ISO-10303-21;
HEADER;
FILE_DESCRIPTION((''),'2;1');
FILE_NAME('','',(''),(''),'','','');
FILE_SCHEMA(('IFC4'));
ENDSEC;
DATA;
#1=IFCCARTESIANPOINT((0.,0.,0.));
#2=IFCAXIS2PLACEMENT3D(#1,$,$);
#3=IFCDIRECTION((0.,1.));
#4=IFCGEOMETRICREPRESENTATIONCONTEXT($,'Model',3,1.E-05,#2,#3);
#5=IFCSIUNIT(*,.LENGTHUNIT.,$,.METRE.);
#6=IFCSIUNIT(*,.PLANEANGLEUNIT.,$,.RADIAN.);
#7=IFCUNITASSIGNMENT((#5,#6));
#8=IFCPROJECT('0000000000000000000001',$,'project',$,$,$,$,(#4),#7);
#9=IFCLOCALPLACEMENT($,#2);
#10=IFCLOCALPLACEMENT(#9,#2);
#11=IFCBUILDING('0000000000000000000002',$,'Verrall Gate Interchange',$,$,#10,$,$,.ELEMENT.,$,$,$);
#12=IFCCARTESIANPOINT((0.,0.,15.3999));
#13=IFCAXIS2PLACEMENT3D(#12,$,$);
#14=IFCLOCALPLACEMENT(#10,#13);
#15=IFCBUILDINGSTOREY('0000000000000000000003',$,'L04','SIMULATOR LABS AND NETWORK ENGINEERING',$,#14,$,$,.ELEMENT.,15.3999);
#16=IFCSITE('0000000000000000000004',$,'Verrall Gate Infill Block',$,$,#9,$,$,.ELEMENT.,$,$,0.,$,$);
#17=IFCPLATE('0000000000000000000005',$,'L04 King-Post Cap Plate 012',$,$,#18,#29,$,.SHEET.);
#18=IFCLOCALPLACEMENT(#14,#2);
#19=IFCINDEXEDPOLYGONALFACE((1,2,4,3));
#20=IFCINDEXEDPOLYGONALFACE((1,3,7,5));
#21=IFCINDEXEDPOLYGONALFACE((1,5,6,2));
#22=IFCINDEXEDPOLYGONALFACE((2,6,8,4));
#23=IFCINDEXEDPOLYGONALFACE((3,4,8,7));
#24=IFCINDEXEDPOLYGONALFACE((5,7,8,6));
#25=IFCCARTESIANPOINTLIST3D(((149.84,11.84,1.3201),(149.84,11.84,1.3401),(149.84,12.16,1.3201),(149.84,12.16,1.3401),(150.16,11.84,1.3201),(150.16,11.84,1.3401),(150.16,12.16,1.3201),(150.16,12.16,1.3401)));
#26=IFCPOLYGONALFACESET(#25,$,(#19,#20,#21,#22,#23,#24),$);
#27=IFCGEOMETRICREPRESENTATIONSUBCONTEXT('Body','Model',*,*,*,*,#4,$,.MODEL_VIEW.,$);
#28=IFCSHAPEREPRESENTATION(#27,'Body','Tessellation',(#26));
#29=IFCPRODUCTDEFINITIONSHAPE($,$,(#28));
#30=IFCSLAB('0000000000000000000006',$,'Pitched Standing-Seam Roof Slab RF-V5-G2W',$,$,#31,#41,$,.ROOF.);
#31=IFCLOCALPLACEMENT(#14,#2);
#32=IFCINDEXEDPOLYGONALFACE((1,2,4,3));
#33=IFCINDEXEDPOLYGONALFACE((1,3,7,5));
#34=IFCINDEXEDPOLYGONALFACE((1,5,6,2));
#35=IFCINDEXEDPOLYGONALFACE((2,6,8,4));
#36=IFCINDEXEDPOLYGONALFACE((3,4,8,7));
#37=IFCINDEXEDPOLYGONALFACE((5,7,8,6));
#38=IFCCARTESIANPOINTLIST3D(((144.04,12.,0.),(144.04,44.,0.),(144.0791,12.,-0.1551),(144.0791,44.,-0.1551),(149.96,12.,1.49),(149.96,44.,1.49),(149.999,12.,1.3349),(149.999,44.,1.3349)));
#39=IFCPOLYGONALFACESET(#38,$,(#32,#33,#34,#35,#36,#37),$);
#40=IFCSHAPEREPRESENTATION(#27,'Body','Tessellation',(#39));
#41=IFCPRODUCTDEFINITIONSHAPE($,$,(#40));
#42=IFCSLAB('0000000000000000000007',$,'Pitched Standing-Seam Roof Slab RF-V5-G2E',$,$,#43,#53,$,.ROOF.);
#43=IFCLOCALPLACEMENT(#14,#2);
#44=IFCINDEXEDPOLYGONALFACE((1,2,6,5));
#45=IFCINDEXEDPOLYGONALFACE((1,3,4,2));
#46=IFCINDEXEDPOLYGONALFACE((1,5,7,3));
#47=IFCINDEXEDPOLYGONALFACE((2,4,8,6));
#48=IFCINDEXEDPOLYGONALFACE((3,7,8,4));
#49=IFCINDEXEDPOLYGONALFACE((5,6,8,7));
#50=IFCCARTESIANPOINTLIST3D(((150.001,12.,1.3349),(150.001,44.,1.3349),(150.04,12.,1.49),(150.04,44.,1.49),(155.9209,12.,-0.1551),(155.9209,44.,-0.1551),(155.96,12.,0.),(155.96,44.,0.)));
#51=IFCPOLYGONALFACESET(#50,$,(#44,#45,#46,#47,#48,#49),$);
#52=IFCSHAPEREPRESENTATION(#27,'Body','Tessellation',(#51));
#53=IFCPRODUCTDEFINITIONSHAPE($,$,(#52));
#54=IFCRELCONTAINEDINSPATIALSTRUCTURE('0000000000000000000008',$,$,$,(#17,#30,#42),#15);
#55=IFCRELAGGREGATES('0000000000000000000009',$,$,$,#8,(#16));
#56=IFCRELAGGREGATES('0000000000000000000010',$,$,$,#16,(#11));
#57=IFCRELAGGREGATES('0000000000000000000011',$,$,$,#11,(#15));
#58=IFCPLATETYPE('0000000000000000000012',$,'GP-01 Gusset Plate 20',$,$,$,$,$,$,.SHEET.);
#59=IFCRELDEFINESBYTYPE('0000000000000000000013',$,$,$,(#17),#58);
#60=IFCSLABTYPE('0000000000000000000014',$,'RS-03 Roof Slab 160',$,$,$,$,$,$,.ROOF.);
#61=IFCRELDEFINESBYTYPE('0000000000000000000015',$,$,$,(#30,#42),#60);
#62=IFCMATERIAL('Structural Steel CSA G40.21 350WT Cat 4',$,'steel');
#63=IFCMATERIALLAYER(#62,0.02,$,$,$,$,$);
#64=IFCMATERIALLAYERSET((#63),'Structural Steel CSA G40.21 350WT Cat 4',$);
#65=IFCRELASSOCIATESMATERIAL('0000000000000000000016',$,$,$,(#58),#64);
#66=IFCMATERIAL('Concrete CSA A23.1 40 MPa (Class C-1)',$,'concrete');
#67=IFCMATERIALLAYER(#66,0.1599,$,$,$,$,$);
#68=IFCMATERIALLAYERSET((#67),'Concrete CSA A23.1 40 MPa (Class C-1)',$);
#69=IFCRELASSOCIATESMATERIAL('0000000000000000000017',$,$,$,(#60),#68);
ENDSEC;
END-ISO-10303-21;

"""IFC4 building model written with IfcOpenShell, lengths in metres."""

from ifc_helpers import new_model, si_unit, direction, frame, origin, origin_2d, place, context, subcontext, project, spatial, polyline, rectangle, outline, extrude, material, layer, layer_set, type_object, element, save


model = new_model("IFC4")

# Units and contexts
model_context = context("Model", 3, precision=1e-05, world=origin(), true_north=direction((0.0, 1.0)))
body_context = subcontext(model_context, "Body", "Model", "MODEL_VIEW")
ifc_project = project(units=[si_unit("LENGTHUNIT", "METRE"), si_unit("PLANEANGLEUNIT", "RADIAN")], contexts=[model_context])

# Site, building, storey
site_placement = place(None, origin())
site = spatial("IfcSite", under=ifc_project, at=site_placement, Name="Verrall Gate Infill Block", CompositionType="ELEMENT", RefElevation=0.0)
building_placement = place(site_placement, origin())
building = spatial("IfcBuilding", under=site, at=building_placement, Name="Verrall Gate Interchange", CompositionType="ELEMENT")
storey_placement = place(building_placement, frame((0.0, 0.0, 15.3999)))
storey = spatial("IfcBuildingStorey", under=building, at=storey_placement, Name="L04", Description="SIMULATOR LABS AND NETWORK ENGINEERING", CompositionType="ELEMENT", Elevation=15.3999)

# Plate
ifc_material_1 = material(Name="Structural Steel CSA G40.21 350WT Cat 4", Category="steel")
ifc_layer_1 = layer(ifc_material_1, 0.02)
ifc_layer_set_1 = layer_set([ifc_layer_1], Name="Structural Steel CSA G40.21 350WT Cat 4")
plate_type = type_object("IfcPlateType", Name="GP-01 Gusset Plate 20", PredefinedType="SHEET", material=ifc_layer_set_1)
plate_placement = place(storey_placement, frame((150.0, 12.0, 1.3201), z_axis=(0.0, 0.0, 1.0), x_axis=(1.0, 0.0, 0.0)))
element("IfcPlate", 1, at=plate_placement, inside=storey, type_object=plate_type, Name="L04 King-Post Cap Plate 012", PredefinedType="SHEET", context=body_context, shape_type="SweptSolid", body=[
    extrude(rectangle(XDim=0.3201, YDim=0.3201, at=origin_2d()), origin(), (0.0, 0.0, 1.0), 0.02),
])

# Slabs
ifc_material_2 = material(Name="Concrete CSA A23.1 40 MPa (Class C-1)", Category="concrete")
ifc_layer_2 = layer(ifc_material_2, 0.1599)
ifc_layer_set_2 = layer_set([ifc_layer_2], Name="Concrete CSA A23.1 40 MPa (Class C-1)")
slab_type = type_object("IfcSlabType", Name="RS-03 Roof Slab 160", PredefinedType="ROOF", material=ifc_layer_set_2)
for number, where, z_axis, x_axis, name in (
    (2, (144.04, 12.0, 0.0), (-0.244079, 0.0, 0.969755), (0.969755, 0.0, 0.244079), "Pitched Standing-Seam Roof Slab RF-V5-G2W"),
    (3, (150.04, 12.0, 1.49), (0.244079, 0.0, 0.969755), (0.969755, 0.0, -0.244079), "Pitched Standing-Seam Roof Slab RF-V5-G2E"),
):
    element("IfcSlab", number, at=place(storey_placement, frame(where, z_axis=z_axis, x_axis=x_axis)), inside=storey, type_object=slab_type, Name=name, PredefinedType="ROOF", context=body_context, shape_type="SweptSolid", body=[
        extrude(outline(polyline([(0.0, 0.0), (6.1046, 0.0), (6.1046, 32.0), (0.0, 32.0), (0.0, 0.0)])), origin(), (0.0, 0.0, -1.0), 0.1599),
    ])

save(model, "model.ifc")
